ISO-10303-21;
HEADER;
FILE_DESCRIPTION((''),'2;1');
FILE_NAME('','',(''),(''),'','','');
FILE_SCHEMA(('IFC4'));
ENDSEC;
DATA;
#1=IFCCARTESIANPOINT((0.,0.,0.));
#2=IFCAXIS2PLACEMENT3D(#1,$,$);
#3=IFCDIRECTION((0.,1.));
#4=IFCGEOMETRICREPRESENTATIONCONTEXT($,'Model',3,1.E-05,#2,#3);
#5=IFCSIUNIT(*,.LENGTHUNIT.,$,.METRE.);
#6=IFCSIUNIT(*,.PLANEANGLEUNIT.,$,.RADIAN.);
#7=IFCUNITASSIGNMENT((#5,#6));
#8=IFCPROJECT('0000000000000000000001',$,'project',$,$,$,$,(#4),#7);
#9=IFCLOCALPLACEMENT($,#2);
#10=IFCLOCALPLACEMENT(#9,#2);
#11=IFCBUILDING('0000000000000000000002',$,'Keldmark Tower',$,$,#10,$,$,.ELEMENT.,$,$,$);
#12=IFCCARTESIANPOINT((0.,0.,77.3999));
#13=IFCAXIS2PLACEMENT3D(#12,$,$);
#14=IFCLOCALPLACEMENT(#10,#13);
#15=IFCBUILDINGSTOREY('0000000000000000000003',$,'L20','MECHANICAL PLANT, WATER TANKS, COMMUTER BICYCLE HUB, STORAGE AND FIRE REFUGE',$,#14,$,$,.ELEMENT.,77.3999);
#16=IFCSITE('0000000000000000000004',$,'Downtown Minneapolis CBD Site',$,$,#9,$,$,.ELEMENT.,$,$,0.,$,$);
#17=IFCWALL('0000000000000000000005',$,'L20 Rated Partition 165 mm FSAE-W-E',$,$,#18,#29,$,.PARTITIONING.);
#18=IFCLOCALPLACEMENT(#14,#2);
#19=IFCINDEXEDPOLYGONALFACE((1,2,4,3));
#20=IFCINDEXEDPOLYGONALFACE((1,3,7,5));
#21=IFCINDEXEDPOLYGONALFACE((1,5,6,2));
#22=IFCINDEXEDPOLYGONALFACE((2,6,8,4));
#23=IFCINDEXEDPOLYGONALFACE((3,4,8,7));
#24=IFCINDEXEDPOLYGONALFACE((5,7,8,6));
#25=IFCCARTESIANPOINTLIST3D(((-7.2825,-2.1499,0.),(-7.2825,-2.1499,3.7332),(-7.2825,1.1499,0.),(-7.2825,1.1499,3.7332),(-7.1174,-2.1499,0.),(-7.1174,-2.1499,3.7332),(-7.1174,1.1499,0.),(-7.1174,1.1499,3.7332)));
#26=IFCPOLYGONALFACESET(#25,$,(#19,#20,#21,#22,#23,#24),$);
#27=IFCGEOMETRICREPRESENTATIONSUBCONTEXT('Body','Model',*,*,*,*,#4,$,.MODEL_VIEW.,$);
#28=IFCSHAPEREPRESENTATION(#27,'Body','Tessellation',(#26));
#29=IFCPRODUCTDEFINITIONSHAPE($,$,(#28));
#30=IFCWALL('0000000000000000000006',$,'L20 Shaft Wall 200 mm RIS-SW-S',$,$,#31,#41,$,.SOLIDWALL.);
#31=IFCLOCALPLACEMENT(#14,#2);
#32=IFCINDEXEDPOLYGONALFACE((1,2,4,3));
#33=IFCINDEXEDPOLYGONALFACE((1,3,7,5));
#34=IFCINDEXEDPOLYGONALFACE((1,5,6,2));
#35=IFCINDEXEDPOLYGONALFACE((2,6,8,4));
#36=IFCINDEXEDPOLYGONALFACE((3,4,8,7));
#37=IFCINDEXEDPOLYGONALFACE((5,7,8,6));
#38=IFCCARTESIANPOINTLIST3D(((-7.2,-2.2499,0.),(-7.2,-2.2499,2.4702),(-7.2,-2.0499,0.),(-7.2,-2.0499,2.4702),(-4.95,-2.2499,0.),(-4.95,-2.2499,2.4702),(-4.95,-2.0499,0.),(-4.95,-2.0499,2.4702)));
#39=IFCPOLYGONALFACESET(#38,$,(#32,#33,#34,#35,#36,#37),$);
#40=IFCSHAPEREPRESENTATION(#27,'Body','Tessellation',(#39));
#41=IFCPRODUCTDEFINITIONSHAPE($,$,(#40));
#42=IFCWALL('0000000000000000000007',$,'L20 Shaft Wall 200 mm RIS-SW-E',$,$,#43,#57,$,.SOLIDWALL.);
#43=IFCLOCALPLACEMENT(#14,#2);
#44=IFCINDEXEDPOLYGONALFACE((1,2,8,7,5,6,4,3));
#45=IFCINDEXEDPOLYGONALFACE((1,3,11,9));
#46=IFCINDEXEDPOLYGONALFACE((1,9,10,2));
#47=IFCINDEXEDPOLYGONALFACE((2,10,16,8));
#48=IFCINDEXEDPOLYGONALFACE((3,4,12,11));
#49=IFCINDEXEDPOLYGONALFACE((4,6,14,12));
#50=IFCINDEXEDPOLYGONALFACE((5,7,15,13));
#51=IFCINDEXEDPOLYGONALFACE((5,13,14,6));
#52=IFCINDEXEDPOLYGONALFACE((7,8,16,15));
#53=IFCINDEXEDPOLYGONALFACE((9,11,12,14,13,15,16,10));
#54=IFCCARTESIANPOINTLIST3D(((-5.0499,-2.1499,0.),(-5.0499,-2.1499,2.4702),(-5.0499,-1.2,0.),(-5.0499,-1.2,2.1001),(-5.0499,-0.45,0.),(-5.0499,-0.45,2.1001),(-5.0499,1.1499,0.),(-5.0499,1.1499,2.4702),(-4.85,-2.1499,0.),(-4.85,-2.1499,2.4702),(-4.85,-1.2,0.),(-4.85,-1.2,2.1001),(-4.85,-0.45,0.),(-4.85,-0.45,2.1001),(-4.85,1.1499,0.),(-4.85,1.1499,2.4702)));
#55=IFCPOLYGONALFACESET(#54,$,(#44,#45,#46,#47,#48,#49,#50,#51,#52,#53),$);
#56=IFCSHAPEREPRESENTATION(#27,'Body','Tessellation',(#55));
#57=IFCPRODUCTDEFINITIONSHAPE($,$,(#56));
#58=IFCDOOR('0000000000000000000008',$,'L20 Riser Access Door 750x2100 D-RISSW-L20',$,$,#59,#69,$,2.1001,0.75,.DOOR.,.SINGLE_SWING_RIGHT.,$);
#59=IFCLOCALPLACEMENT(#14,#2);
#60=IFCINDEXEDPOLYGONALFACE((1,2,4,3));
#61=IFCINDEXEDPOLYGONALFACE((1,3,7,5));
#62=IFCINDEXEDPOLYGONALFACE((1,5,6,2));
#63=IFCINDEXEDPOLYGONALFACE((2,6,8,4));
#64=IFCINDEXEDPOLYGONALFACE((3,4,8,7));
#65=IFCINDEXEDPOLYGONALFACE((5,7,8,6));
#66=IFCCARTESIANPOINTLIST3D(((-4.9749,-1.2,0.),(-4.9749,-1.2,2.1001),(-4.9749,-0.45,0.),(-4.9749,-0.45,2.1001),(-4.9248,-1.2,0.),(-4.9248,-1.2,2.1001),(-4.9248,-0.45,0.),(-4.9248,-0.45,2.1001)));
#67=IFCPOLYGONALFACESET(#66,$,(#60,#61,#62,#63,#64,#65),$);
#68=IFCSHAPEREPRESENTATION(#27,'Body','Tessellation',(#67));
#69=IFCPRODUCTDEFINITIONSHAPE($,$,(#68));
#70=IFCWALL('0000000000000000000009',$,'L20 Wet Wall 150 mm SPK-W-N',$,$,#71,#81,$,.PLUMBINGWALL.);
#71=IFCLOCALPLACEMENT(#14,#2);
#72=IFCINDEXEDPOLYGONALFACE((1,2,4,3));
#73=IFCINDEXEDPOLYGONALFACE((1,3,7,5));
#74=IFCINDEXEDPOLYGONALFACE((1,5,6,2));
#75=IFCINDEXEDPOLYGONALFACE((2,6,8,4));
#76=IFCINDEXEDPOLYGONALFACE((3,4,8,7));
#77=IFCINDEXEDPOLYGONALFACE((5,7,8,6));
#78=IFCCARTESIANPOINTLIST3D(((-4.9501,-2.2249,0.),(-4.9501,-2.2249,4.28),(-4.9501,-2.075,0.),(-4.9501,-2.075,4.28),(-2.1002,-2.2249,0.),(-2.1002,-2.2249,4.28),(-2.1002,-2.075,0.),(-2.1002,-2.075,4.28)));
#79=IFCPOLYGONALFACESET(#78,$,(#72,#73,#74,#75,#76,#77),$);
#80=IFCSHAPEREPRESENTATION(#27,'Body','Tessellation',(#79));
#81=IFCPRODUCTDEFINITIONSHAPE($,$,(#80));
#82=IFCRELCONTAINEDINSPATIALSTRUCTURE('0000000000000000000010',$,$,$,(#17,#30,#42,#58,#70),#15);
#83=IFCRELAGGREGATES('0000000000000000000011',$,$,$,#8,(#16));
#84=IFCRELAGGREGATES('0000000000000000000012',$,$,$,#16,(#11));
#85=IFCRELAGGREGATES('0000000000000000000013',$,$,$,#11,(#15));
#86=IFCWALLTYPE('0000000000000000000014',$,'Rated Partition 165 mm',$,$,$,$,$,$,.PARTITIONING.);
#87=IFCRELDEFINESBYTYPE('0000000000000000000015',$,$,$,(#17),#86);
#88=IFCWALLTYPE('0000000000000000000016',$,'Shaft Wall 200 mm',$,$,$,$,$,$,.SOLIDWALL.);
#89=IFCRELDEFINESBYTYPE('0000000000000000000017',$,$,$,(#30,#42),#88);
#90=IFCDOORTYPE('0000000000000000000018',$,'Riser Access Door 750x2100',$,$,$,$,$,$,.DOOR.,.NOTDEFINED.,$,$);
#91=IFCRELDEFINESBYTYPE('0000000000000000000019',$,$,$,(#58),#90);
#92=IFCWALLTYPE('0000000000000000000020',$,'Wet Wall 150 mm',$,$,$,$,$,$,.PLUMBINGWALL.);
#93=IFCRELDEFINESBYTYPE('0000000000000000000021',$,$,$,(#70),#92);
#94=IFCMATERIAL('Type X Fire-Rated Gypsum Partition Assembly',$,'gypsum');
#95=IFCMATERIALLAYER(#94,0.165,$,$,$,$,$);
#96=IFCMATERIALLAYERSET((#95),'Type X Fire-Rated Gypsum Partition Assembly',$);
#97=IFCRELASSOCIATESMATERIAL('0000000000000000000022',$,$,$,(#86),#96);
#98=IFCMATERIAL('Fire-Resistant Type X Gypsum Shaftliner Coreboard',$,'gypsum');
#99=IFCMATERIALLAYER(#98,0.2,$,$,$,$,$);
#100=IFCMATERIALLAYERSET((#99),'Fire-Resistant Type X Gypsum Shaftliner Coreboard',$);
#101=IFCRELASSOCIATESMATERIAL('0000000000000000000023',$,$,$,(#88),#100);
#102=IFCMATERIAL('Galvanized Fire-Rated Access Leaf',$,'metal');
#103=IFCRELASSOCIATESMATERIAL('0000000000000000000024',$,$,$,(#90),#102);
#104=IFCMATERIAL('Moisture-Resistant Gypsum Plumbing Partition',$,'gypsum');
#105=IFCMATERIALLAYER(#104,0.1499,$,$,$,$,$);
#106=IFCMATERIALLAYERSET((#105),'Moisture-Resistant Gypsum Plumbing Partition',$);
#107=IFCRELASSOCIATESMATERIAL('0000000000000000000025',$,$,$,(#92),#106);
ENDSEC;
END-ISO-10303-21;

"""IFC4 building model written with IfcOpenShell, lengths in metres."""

from ifc_helpers import new_model, si_unit, direction, frame, frame_2d, origin, place, context, subcontext, project, spatial, rectangle, extrude, material, layer, layer_set, type_object, element, fill, save


model = new_model("IFC4")

# Units and contexts
model_context = context("Model", 3, precision=1e-05, world=origin(), true_north=direction((0.0, 1.0)))
body_context = subcontext(model_context, "Body", "Model", "MODEL_VIEW")
ifc_project = project(units=[si_unit("LENGTHUNIT", "METRE"), si_unit("PLANEANGLEUNIT", "RADIAN")], contexts=[model_context])

# Site, building, storey
site_placement = place(None, origin())
site = spatial("IfcSite", under=ifc_project, at=site_placement, Name="Downtown Minneapolis CBD Site", CompositionType="ELEMENT", RefElevation=0.0)
building_placement = place(site_placement, origin())
building = spatial("IfcBuilding", under=site, at=building_placement, Name="Keldmark Tower", CompositionType="ELEMENT")
storey_placement = place(building_placement, frame((0.0, 0.0, 77.3999)))
storey = spatial("IfcBuildingStorey", under=building, at=storey_placement, Name="L20", Description="MECHANICAL PLANT, WATER TANKS, COMMUTER BICYCLE HUB, STORAGE AND FIRE REFUGE", CompositionType="ELEMENT", Elevation=77.3999)

# Walls
ifc_material_1 = material(Name="Type X Fire-Rated Gypsum Partition Assembly", Category="gypsum")
ifc_layer_1 = layer(ifc_material_1, 0.165)
ifc_layer_set_1 = layer_set([ifc_layer_1], Name="Type X Fire-Rated Gypsum Partition Assembly")
wall_type_1 = type_object("IfcWallType", Name="Rated Partition 165 mm", PredefinedType="PARTITIONING", material=ifc_layer_set_1)
wall_1_placement = place(storey_placement, frame((-7.2, -2.1499, 0.0), z_axis=(0.0, 0.0, 1.0), x_axis=(0.0, 1.0, 0.0)))
element("IfcWall", 1, at=wall_1_placement, inside=storey, type_object=wall_type_1, Name="L20 Rated Partition 165 mm FSAE-W-E", PredefinedType="PARTITIONING", context=body_context, shape_type="SweptSolid", body=[
    extrude(rectangle(XDim=3.2998, YDim=0.165, at=frame_2d((1.6499, 0.0))), origin(), (0.0, 0.0, 1.0), 3.7332),
])
ifc_material_2 = material(Name="Fire-Resistant Type X Gypsum Shaftliner Coreboard", Category="gypsum")
ifc_layer_2 = layer(ifc_material_2, 0.2)
ifc_layer_set_2 = layer_set([ifc_layer_2], Name="Fire-Resistant Type X Gypsum Shaftliner Coreboard")
wall_type_2 = type_object("IfcWallType", Name="Shaft Wall 200 mm", PredefinedType="SOLIDWALL", material=ifc_layer_set_2)
wall_2_placement = place(storey_placement, frame((-7.2, -2.1499, 0.0), z_axis=(0.0, 0.0, 1.0), x_axis=(1.0, 0.0, 0.0)))
element("IfcWall", 2, at=wall_2_placement, inside=storey, type_object=wall_type_2, Name="L20 Shaft Wall 200 mm RIS-SW-S", PredefinedType="SOLIDWALL", context=body_context, shape_type="SweptSolid", body=[
    extrude(rectangle(XDim=2.25, YDim=0.2, at=frame_2d((1.125, 0.0))), origin(), (0.0, 0.0, 1.0), 2.4702),
])

# Wall, opening, door
wall_3_placement = place(storey_placement, frame((-4.95, -2.1499, 0.0), z_axis=(0.0, 0.0, 1.0), x_axis=(0.0, 1.0, 0.0)))
wall_3 = element("IfcWall", 3, at=wall_3_placement, inside=storey, type_object=wall_type_2, Name="L20 Shaft Wall 200 mm RIS-SW-E", PredefinedType="SOLIDWALL", context=body_context, shape_type="SweptSolid", body=[
    extrude(rectangle(XDim=3.2998, YDim=0.2, at=frame_2d((1.6499, 0.0))), origin(), (0.0, 0.0, 1.0), 2.4702),
])
opening_1_placement = place(wall_3_placement, frame((0.95, 0.0, 0.0)))
opening_1 = element("IfcOpeningElement", 4, at=opening_1_placement, cuts=wall_3, PredefinedType="OPENING", context=body_context, shape_type="SweptSolid", body=[
    extrude(rectangle(XDim=0.75, YDim=2.1001, at=frame_2d((0.375, 1.05))), frame((0.0, 0.1099, 0.0), z_axis=(0.0, -1.0, 0.0), x_axis=(1.0, 0.0, 0.0)), (0.0, 0.0, 1.0), 0.22),
])
ifc_material_3 = material(Name="Galvanized Fire-Rated Access Leaf", Category="metal")
door_type_1 = type_object("IfcDoorType", Name="Riser Access Door 750x2100", OperationType="NOTDEFINED", PredefinedType="DOOR", material=ifc_material_3)
door_1_placement = place(opening_1_placement, origin())
door_1 = element("IfcDoor", 5, at=door_1_placement, inside=storey, type_object=door_type_1, Name="L20 Riser Access Door 750x2100 D-RISSW-L20", OperationType="SINGLE_SWING_RIGHT", OverallHeight=2.1001, OverallWidth=0.75, PredefinedType="DOOR", context=body_context, shape_type="SweptSolid", body=[
    extrude(rectangle(XDim=0.75, YDim=2.1001, at=frame_2d((0.375, 1.05))), frame((0.0, 0.0249, 0.0), z_axis=(0.0, -1.0, 0.0), x_axis=(1.0, 0.0, 0.0)), (0.0, 0.0, 1.0), 0.05),
])
fill(opening_1, door_1)

# Wall
ifc_material_4 = material(Name="Moisture-Resistant Gypsum Plumbing Partition", Category="gypsum")
ifc_layer_3 = layer(ifc_material_4, 0.1499)
ifc_layer_set_3 = layer_set([ifc_layer_3], Name="Moisture-Resistant Gypsum Plumbing Partition")
wall_type_3 = type_object("IfcWallType", Name="Wet Wall 150 mm", PredefinedType="PLUMBINGWALL", material=ifc_layer_set_3)
wall_4_placement = place(storey_placement, frame((-4.95, -2.1499, 0.0), z_axis=(0.0, 0.0, 1.0), x_axis=(1.0, 0.0, 0.0)))
element("IfcWall", 6, at=wall_4_placement, inside=storey, type_object=wall_type_3, Name="L20 Wet Wall 150 mm SPK-W-N", PredefinedType="PLUMBINGWALL", context=body_context, shape_type="SweptSolid", body=[
    extrude(rectangle(XDim=2.8499, YDim=0.1499, at=frame_2d((1.4248, 0.0))), origin(), (0.0, 0.0, 1.0), 4.28),
])

save(model, "model.ifc")
